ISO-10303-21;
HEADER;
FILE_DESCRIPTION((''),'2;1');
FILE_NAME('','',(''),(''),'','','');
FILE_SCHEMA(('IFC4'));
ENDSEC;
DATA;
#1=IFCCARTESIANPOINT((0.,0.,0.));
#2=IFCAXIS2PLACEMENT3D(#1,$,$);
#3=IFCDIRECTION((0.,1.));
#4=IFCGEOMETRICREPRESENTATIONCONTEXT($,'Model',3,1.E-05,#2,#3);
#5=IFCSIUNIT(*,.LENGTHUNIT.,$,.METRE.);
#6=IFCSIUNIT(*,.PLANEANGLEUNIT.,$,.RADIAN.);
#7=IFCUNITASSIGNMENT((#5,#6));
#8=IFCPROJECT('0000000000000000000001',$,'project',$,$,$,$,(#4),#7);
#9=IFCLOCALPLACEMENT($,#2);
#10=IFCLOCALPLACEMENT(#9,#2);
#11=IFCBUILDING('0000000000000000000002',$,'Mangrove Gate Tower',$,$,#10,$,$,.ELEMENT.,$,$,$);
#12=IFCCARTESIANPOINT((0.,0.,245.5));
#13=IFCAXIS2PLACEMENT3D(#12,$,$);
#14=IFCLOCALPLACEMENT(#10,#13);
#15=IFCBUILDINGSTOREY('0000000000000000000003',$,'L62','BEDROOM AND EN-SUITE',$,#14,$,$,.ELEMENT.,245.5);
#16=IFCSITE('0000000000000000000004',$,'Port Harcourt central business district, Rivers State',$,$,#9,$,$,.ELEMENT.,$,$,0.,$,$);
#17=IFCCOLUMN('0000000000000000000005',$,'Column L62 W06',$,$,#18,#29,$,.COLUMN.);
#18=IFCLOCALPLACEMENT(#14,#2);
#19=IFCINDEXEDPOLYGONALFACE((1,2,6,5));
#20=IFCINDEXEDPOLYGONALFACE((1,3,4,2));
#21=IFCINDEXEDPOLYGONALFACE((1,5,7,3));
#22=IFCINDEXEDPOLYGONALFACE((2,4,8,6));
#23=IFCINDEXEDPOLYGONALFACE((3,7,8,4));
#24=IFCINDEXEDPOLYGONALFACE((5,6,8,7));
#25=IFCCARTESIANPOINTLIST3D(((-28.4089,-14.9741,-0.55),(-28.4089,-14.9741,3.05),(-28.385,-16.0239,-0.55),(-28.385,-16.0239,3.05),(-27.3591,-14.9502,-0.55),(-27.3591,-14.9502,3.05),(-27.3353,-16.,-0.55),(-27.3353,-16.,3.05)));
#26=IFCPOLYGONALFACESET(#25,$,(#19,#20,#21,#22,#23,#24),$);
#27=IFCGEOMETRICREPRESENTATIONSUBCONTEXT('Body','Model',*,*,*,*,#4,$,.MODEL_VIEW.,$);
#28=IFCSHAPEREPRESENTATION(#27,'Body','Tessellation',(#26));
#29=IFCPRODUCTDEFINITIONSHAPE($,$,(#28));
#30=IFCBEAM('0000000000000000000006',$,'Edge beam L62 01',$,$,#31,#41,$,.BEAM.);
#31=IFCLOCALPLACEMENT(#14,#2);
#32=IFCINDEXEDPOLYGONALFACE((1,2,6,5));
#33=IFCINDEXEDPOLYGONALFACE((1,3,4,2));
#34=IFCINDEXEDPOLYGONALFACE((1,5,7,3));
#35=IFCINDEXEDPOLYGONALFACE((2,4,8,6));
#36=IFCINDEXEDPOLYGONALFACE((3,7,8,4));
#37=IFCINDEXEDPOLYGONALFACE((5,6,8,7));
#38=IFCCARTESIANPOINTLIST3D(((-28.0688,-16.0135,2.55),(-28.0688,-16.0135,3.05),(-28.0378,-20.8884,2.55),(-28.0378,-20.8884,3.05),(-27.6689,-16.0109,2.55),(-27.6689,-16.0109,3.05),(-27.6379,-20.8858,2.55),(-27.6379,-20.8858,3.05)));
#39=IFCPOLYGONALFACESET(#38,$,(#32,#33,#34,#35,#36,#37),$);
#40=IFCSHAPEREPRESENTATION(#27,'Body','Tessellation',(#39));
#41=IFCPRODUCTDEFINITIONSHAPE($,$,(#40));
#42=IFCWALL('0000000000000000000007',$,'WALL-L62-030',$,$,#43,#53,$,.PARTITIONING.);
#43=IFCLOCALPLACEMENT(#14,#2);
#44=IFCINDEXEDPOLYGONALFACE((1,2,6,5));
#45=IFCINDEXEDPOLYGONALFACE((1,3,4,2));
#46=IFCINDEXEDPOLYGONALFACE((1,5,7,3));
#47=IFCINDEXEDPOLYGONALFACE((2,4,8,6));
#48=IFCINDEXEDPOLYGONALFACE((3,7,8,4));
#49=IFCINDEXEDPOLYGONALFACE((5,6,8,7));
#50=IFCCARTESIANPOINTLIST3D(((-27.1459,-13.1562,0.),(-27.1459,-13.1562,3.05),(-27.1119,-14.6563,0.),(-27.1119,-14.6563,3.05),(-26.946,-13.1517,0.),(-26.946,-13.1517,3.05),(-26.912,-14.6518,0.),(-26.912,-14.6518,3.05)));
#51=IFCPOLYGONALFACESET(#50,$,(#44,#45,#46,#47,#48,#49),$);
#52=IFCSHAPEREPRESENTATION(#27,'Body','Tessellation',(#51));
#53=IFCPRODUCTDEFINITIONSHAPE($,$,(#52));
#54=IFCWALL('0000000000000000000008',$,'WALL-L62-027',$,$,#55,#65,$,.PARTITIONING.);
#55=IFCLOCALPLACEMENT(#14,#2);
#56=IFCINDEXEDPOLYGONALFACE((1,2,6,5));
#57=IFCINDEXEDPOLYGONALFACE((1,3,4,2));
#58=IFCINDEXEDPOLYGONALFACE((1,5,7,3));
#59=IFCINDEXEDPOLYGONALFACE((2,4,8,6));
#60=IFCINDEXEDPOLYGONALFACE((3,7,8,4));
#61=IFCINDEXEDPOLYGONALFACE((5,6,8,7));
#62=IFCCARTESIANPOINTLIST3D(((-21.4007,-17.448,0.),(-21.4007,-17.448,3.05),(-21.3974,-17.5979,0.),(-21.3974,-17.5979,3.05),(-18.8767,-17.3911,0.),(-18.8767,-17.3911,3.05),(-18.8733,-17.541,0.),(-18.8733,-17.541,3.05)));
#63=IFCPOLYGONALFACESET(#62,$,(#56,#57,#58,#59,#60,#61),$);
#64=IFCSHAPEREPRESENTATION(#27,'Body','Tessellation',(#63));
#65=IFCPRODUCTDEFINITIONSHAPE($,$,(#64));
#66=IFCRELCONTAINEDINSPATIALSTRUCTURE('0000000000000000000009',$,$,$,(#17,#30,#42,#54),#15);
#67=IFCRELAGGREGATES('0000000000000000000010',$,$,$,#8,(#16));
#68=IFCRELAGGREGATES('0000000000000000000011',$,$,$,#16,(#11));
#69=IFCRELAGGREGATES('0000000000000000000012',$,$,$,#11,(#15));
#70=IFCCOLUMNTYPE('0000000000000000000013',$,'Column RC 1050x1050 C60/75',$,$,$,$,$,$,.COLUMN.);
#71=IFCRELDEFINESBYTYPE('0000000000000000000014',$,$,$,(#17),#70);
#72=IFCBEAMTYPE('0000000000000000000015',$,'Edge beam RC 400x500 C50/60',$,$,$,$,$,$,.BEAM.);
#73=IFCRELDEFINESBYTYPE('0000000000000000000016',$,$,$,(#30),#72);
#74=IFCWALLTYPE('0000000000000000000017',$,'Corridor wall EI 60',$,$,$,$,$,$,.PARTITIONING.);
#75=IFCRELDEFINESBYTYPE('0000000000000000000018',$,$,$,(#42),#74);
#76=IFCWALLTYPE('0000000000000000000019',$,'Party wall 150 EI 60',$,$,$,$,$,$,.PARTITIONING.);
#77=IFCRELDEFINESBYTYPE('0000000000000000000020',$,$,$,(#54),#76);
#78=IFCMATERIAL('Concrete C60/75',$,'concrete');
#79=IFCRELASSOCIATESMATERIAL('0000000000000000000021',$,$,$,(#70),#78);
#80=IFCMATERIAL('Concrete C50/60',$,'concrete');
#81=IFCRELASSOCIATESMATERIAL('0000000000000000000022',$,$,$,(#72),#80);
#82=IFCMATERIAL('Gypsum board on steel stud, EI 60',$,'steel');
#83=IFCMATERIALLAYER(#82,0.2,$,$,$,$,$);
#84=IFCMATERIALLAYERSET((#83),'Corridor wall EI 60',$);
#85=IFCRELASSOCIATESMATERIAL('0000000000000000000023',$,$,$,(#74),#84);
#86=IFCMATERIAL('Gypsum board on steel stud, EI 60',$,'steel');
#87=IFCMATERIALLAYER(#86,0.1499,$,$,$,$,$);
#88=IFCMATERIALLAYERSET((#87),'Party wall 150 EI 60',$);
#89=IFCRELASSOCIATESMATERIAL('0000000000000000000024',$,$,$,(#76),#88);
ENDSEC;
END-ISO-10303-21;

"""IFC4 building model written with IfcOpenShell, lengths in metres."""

from ifc_helpers import new_model, si_unit, direction, frame, frame_2d, origin, origin_2d, place, context, subcontext, project, spatial, rectangle, extrude, material, layer, layer_set, material_profile, profile_set, type_object, element, save


model = new_model("IFC4")

# Units and contexts
model_context = context("Model", 3, precision=1e-05, world=origin(), true_north=direction((0.0, 1.0)))
body_context = subcontext(model_context, "Body", "Model", "MODEL_VIEW")
ifc_project = project(units=[si_unit("LENGTHUNIT", "METRE"), si_unit("PLANEANGLEUNIT", "RADIAN")], contexts=[model_context])

# Site, building, storey
site_placement = place(None, origin())
site = spatial("IfcSite", under=ifc_project, at=site_placement, Name="Port Harcourt central business district, Rivers State", CompositionType="ELEMENT", RefElevation=0.0)
building_placement = place(site_placement, origin())
building = spatial("IfcBuilding", under=site, at=building_placement, Name="Mangrove Gate Tower", CompositionType="ELEMENT")
storey_placement = place(building_placement, frame((0.0, 0.0, 245.5)))
storey = spatial("IfcBuildingStorey", under=building, at=storey_placement, Name="L62", Description="BEDROOM AND EN-SUITE", CompositionType="ELEMENT", Elevation=245.5)

# Column
ifc_material_1 = material(Name="Concrete C60/75", Category="concrete")
ifc_material_profile_1 = material_profile(ifc_material_1, rectangle(XDim=1.05, YDim=1.05, at=origin_2d()))
ifc_profile_set_1 = profile_set([ifc_material_profile_1], Name="Concrete C60/75")
column_type = type_object("IfcColumnType", Name="Column RC 1050x1050 C60/75", PredefinedType="COLUMN", material=ifc_profile_set_1)
column_placement = place(storey_placement, frame((-27.8721, -15.4871, -0.55), z_axis=(0.0, 0.0, 1.0), x_axis=(0.022711, -0.999742, 0.0)))
element("IfcColumn", 1, at=column_placement, inside=storey, type_object=column_type, Name="Column L62 W06", PredefinedType="COLUMN", context=body_context, shape_type="SweptSolid", body=[
    extrude(rectangle(XDim=1.05, YDim=1.05, at=origin_2d()), origin(), (0.0, 0.0, 1.0), 3.6001),
])

# Beam
ifc_material_2 = material(Name="Concrete C50/60", Category="concrete")
ifc_material_profile_2 = material_profile(ifc_material_2, rectangle(XDim=0.3999, YDim=0.5, at=origin_2d()))
ifc_profile_set_2 = profile_set([ifc_material_profile_2], Name="Concrete C50/60")
beam_type = type_object("IfcBeamType", Name="Edge beam RC 400x500 C50/60", PredefinedType="BEAM", material=ifc_profile_set_2)
beam_placement = place(storey_placement, frame((-27.8689, -16.0122, 2.8), z_axis=(0.00636, -0.99998, 0.0), x_axis=(0.99998, 0.00636, 0.0)))
element("IfcBeam", 2, at=beam_placement, inside=storey, type_object=beam_type, Name="Edge beam L62 01", PredefinedType="BEAM", context=body_context, shape_type="SweptSolid", body=[
    extrude(rectangle(XDim=0.3999, YDim=0.5, at=origin_2d()), origin(), (0.0, 0.0, 1.0), 4.875),
])

# Walls
ifc_material_3 = material(Name="Gypsum board on steel stud, EI 60", Category="steel")
ifc_layer_1 = layer(ifc_material_3, 0.2)
ifc_layer_set_1 = layer_set([ifc_layer_1], Name="Corridor wall EI 60")
wall_type_1 = type_object("IfcWallType", Name="Corridor wall EI 60", PredefinedType="PARTITIONING", material=ifc_layer_set_1)
wall_1_placement = place(storey_placement, frame((-27.012, -14.6541, 0.0), z_axis=(0.0, 0.0, 1.0), x_axis=(-0.022618, 0.999744, 0.0)))
element("IfcWall", 3, at=wall_1_placement, inside=storey, type_object=wall_type_1, Name="WALL-L62-030", PredefinedType="PARTITIONING", context=body_context, shape_type="SweptSolid", body=[
    extrude(rectangle(XDim=1.5005, YDim=0.2, at=frame_2d((0.7502, 0.0))), origin(), (0.0, 0.0, 1.0), 3.05),
])
ifc_material_4 = material(Name="Gypsum board on steel stud, EI 60", Category="steel")
ifc_layer_2 = layer(ifc_material_4, 0.1499)
ifc_layer_set_2 = layer_set([ifc_layer_2], Name="Party wall 150 EI 60")
wall_type_2 = type_object("IfcWallType", Name="Party wall 150 EI 60", PredefinedType="PARTITIONING", material=ifc_layer_set_2)
wall_2_placement = place(storey_placement, frame((-21.3989, -17.5229, 0.0), z_axis=(0.0, 0.0, 1.0), x_axis=(0.999746, 0.022532, 0.0)))
element("IfcWall", 4, at=wall_2_placement, inside=storey, type_object=wall_type_2, Name="WALL-L62-027", PredefinedType="PARTITIONING", context=body_context, shape_type="SweptSolid", body=[
    extrude(rectangle(XDim=2.5247, YDim=0.1499, at=frame_2d((1.2622, 0.0))), origin(), (0.0, 0.0, 1.0), 3.05),
])

save(model, "model.ifc")
